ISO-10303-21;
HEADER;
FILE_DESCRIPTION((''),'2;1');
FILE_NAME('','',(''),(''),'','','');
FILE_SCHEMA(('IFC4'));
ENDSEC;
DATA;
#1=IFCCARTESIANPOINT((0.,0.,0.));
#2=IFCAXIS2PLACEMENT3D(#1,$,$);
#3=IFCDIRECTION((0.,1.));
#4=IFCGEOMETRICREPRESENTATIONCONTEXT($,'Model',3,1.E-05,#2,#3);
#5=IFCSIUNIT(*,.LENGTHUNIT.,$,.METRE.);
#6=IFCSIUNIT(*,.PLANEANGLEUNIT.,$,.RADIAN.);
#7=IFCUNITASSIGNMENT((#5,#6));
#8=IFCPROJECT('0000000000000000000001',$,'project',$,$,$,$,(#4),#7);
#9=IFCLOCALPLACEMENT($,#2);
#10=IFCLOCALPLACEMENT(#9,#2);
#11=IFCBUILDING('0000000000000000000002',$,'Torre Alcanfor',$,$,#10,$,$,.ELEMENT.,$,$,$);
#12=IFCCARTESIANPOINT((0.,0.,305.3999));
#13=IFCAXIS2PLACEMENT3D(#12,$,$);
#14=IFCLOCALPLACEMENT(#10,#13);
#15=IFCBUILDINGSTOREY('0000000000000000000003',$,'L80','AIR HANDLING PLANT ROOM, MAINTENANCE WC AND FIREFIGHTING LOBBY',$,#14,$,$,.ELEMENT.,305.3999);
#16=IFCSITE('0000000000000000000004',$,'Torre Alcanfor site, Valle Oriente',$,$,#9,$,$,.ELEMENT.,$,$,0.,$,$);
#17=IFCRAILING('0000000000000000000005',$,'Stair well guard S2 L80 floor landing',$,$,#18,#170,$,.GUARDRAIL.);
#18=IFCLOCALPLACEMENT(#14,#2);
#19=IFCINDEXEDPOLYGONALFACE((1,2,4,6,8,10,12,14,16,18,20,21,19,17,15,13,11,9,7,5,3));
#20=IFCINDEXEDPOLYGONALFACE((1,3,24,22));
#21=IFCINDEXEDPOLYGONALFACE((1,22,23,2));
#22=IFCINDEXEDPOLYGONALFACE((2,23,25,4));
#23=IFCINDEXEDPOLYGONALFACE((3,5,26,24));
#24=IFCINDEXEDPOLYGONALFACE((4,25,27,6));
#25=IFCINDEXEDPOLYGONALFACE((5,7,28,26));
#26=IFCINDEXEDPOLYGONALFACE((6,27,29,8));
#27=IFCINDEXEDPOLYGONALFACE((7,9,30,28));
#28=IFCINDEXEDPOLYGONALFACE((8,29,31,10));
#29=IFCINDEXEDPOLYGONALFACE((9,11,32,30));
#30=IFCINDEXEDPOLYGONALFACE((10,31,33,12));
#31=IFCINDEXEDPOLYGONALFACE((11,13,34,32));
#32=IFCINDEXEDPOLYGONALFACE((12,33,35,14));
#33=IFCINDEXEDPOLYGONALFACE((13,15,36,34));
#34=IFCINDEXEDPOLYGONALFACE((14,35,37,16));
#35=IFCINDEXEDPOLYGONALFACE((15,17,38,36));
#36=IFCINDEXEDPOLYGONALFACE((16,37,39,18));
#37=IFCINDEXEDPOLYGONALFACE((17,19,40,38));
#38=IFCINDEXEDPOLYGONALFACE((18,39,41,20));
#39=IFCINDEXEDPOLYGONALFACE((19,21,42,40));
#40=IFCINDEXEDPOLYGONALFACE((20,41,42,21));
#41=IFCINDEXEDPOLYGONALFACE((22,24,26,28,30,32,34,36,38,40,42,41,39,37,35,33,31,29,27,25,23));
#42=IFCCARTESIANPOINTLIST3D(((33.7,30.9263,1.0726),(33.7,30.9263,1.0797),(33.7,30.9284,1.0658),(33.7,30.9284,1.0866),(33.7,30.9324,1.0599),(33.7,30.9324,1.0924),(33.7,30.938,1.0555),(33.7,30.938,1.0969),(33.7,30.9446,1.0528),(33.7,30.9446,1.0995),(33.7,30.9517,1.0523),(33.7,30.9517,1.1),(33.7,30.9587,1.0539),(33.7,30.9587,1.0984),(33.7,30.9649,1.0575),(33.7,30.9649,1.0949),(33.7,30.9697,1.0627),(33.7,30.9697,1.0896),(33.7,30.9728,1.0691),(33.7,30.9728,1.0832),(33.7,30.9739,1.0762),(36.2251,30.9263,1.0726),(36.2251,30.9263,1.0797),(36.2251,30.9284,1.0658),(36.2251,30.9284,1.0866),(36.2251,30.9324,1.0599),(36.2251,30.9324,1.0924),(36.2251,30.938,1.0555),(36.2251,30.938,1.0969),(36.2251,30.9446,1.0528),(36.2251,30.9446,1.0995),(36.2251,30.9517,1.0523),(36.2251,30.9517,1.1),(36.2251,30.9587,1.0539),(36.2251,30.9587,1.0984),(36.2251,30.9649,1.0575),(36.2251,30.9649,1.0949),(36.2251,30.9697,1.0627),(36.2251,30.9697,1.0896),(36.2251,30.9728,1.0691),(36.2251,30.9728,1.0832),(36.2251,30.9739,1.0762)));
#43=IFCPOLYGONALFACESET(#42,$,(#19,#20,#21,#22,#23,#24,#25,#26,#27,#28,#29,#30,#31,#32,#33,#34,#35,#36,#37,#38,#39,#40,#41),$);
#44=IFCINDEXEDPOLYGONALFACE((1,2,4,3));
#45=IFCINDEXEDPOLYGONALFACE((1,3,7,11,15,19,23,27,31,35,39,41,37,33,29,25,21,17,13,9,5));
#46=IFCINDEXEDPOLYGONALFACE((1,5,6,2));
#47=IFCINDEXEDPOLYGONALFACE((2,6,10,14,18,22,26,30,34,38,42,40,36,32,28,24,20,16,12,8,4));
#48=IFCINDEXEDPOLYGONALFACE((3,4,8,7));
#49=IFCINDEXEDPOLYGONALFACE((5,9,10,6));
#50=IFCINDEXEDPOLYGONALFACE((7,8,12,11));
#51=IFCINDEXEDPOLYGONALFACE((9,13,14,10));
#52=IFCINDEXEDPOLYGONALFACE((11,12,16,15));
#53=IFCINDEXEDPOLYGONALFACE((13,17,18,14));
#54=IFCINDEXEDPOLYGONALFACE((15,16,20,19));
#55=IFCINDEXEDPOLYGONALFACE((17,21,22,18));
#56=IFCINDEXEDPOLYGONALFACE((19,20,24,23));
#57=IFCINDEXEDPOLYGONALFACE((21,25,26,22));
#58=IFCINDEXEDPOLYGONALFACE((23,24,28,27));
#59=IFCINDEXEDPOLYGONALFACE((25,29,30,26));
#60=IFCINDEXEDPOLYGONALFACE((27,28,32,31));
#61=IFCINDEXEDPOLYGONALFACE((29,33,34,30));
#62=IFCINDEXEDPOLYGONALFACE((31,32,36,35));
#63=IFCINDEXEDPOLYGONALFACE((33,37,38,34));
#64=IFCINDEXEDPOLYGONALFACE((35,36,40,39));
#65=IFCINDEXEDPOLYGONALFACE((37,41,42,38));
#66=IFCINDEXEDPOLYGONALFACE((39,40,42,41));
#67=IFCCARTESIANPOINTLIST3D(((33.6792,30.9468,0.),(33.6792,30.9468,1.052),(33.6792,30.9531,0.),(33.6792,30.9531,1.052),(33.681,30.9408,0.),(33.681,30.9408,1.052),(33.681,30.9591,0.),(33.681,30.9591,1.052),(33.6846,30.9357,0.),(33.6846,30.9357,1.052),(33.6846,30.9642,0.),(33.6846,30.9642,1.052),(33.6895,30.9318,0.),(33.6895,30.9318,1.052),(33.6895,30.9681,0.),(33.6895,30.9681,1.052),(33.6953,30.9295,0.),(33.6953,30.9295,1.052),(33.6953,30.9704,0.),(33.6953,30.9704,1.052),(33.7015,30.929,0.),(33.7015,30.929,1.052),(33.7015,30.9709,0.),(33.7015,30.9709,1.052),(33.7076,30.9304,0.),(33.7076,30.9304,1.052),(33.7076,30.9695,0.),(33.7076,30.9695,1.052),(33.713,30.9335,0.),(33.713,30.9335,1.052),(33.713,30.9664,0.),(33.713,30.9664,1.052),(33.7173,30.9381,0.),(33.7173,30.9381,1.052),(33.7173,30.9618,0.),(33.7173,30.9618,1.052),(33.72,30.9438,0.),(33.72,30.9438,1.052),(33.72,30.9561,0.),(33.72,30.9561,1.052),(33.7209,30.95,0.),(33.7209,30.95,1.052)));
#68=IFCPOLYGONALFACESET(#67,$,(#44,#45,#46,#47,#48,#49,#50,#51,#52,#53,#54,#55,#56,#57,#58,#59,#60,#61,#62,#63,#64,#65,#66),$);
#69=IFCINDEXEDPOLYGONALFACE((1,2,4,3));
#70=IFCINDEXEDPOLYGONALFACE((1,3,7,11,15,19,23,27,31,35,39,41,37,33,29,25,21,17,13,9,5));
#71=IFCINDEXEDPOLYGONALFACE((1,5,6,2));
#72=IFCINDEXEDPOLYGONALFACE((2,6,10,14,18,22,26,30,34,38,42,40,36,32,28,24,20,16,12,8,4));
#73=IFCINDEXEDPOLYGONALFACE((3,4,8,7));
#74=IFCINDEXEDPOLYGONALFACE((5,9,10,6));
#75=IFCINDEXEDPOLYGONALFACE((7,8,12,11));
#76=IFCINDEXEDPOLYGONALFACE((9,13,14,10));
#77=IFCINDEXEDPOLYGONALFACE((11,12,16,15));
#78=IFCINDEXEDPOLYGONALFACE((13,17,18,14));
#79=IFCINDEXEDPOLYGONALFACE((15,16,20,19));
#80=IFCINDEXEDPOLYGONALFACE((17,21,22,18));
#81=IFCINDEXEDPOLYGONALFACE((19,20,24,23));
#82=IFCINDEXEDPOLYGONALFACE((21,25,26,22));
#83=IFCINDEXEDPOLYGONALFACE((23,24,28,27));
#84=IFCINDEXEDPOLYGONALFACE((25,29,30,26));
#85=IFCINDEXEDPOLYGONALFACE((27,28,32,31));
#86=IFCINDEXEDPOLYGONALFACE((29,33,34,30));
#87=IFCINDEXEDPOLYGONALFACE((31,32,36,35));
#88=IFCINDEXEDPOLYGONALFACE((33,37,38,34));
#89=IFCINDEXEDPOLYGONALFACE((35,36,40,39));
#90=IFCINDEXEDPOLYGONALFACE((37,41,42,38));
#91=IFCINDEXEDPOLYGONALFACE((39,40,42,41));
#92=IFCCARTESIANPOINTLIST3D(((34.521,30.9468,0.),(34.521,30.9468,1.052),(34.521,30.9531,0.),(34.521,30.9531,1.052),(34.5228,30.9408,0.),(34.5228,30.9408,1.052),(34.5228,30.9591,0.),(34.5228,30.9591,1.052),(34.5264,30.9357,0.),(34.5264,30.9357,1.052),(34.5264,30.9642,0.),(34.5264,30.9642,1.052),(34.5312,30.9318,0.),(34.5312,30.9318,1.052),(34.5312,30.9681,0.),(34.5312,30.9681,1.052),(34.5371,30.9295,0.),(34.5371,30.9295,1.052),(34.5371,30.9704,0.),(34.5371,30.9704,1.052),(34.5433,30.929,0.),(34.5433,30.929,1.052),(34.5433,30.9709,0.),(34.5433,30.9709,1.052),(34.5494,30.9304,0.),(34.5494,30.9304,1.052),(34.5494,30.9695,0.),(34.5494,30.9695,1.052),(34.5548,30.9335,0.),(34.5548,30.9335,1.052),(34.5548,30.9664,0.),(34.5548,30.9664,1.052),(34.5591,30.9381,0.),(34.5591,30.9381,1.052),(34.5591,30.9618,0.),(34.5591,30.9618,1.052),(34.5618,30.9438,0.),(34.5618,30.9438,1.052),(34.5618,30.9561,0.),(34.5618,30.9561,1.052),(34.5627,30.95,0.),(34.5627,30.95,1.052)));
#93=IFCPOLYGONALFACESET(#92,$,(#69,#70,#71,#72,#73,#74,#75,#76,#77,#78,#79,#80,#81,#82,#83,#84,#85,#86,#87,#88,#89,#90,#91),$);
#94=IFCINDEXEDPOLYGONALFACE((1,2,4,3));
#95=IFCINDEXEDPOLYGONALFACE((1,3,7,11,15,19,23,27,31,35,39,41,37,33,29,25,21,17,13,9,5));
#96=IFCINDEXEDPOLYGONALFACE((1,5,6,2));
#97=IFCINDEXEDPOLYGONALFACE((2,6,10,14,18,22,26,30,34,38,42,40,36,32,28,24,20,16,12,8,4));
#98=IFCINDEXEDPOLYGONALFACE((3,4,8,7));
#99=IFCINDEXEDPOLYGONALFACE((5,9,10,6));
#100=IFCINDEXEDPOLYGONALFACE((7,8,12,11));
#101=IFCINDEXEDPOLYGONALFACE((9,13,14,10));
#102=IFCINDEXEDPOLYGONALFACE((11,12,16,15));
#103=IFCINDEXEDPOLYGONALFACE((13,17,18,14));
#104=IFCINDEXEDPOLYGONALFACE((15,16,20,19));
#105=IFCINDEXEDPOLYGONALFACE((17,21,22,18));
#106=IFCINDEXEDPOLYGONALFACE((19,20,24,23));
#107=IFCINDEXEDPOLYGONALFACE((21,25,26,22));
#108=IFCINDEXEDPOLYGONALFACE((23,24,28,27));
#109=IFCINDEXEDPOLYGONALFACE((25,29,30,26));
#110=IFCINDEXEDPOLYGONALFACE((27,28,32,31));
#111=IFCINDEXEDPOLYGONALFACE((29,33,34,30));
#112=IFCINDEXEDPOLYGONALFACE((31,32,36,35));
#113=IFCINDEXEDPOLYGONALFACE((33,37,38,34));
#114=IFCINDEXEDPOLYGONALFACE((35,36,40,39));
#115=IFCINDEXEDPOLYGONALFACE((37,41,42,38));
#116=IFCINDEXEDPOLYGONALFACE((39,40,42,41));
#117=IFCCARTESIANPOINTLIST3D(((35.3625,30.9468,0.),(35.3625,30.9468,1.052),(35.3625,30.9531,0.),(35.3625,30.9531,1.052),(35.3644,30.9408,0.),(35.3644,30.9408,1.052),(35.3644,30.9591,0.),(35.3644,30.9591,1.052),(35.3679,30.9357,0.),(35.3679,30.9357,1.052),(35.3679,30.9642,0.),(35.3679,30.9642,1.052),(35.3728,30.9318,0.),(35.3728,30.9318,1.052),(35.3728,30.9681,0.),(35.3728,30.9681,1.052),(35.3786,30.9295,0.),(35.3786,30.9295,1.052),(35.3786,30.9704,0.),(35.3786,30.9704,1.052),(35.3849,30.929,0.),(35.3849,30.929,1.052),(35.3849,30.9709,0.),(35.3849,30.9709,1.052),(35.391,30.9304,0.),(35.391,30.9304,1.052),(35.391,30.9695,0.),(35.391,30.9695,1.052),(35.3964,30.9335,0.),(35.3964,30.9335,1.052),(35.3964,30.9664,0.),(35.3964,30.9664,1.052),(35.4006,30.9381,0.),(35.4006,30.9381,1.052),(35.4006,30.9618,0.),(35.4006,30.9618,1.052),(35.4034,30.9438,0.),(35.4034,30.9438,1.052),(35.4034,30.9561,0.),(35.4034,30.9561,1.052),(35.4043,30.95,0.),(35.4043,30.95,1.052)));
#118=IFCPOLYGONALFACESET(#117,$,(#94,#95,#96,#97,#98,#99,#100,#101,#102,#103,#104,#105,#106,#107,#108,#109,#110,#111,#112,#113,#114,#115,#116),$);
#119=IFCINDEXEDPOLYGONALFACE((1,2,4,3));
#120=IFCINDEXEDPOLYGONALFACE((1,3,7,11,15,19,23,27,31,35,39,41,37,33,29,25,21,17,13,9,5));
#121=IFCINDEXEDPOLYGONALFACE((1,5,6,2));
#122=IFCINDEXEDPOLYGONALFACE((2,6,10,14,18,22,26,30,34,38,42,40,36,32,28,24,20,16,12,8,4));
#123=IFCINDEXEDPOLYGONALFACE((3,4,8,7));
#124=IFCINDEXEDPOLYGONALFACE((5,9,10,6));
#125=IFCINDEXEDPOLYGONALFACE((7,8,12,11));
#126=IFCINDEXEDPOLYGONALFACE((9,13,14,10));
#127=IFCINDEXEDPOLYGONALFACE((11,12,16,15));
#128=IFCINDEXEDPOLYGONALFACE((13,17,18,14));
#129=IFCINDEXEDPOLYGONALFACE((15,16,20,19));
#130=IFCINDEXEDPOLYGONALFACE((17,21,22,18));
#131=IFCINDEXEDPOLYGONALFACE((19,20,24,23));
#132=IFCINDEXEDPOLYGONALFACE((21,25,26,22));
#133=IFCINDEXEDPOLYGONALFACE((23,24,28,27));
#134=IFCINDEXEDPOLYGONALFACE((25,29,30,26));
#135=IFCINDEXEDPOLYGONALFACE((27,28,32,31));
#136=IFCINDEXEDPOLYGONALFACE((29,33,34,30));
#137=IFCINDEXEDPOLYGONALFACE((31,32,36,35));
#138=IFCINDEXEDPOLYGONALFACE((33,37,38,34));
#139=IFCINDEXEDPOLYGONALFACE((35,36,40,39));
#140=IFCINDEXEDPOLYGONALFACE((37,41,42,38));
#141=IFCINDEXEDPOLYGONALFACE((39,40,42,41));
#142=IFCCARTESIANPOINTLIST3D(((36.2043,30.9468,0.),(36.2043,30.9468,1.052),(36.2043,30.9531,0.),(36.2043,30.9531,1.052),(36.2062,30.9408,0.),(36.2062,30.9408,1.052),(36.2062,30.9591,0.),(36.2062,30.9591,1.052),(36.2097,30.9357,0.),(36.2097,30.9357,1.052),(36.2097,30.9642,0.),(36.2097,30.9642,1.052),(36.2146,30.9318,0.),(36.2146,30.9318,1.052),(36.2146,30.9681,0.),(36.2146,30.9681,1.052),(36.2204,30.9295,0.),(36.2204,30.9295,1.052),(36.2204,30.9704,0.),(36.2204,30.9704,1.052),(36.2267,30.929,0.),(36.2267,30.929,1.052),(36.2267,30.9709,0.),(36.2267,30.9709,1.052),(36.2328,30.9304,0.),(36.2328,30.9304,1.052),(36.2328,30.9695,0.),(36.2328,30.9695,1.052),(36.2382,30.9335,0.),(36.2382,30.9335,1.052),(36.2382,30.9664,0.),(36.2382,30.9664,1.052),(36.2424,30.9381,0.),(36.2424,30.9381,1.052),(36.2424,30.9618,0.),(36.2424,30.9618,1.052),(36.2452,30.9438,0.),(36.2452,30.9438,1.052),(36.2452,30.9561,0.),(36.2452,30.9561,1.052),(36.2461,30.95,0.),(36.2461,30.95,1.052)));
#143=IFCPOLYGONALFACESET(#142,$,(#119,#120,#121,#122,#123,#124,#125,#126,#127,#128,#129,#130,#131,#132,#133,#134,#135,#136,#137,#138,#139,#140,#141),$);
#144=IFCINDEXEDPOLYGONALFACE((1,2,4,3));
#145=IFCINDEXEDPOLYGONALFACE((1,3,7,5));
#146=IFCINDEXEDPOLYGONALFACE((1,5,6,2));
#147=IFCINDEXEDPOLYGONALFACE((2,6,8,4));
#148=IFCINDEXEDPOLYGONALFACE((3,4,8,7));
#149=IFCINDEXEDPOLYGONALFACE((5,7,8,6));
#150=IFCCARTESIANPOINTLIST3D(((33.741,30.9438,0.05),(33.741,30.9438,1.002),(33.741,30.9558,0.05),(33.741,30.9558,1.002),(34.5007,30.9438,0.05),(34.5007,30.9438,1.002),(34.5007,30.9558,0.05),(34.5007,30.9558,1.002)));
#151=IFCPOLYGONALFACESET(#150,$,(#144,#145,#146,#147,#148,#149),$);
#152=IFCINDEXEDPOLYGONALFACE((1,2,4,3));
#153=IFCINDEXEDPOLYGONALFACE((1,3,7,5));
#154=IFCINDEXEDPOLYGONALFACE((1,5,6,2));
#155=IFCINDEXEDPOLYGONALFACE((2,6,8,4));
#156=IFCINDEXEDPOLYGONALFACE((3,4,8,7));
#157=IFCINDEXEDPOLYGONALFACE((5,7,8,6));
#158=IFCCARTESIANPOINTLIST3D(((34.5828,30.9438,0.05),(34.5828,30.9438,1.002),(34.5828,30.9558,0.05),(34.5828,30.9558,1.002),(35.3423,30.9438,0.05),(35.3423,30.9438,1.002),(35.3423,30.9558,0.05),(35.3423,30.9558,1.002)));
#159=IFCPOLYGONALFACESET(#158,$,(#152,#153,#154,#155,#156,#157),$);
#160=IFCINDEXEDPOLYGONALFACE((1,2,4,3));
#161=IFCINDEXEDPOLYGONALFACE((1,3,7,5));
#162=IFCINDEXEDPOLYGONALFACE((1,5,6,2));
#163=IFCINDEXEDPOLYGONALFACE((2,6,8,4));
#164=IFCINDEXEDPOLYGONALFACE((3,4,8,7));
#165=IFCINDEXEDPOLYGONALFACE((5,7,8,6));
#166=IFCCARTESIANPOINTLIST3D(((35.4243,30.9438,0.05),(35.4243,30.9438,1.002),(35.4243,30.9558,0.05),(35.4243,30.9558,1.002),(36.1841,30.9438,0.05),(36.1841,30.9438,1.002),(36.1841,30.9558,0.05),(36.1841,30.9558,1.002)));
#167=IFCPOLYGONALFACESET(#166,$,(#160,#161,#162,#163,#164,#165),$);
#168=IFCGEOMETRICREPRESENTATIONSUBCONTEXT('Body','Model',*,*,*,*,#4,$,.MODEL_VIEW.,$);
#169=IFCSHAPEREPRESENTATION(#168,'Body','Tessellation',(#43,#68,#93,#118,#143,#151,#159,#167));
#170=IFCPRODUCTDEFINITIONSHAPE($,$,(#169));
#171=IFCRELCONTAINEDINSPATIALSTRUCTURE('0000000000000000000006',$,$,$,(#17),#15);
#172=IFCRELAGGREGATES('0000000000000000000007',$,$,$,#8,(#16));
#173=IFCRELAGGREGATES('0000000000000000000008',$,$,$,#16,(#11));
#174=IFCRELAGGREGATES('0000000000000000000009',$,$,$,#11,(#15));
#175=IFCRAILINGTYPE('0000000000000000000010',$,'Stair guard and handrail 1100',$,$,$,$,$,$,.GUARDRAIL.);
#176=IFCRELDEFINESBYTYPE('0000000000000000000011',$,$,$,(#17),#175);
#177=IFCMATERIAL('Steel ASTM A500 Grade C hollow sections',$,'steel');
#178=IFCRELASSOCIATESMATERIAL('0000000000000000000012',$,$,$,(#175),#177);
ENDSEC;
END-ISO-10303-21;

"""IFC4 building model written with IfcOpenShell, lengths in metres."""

from ifc_helpers import new_model, si_unit, direction, frame, origin, origin_2d, place, context, subcontext, project, spatial, polyline, circle, outline, extrude, material, type_object, element, save


model = new_model("IFC4")

# Units and contexts
model_context = context("Model", 3, precision=1e-05, world=origin(), true_north=direction((0.0, 1.0)))
body_context = subcontext(model_context, "Body", "Model", "MODEL_VIEW")
ifc_project = project(units=[si_unit("LENGTHUNIT", "METRE"), si_unit("PLANEANGLEUNIT", "RADIAN")], contexts=[model_context])

# Site, building, storey
site_placement = place(None, origin())
site = spatial("IfcSite", under=ifc_project, at=site_placement, Name="Torre Alcanfor site, Valle Oriente", CompositionType="ELEMENT", RefElevation=0.0)
building_placement = place(site_placement, origin())
building = spatial("IfcBuilding", under=site, at=building_placement, Name="Torre Alcanfor", CompositionType="ELEMENT")
storey_placement = place(building_placement, frame((0.0, 0.0, 305.3999)))
storey = spatial("IfcBuildingStorey", under=building, at=storey_placement, Name="L80", Description="AIR HANDLING PLANT ROOM, MAINTENANCE WC AND FIREFIGHTING LOBBY", CompositionType="ELEMENT", Elevation=305.3999)

# Railing
ifc_material_1 = material(Name="Steel ASTM A500 Grade C hollow sections", Category="steel")
railing_type_1 = type_object("IfcRailingType", Name="Stair guard and handrail 1100", PredefinedType="GUARDRAIL", material=ifc_material_1)
for number, where, name in (
    (1, (33.7, 30.95, 0.0), "Stair well guard S2 L80 floor landing"),
):
    element("IfcRailing", number, at=place(storey_placement, frame(where)), inside=storey, type_object=railing_type_1, Name=name, PredefinedType="GUARDRAIL", context=body_context, shape_type="SweptSolid", body=[
        extrude(circle(Radius=0.0239, at=origin_2d()), frame((0.0, 0.0, 1.0762), z_axis=(1.0, 0.0, 0.0), x_axis=(0.0, 1.0, 0.0)), (0.0, 0.0, 1.0), 2.5251),
        extrude(circle(Radius=0.021, at=origin_2d()), origin(), (0.0, 0.0, 1.0), 1.052),
        extrude(circle(Radius=0.021, at=origin_2d()), frame((0.8418, 0.0, 0.0)), (0.0, 0.0, 1.0), 1.052),
        extrude(circle(Radius=0.021, at=origin_2d()), frame((1.6833, 0.0, 0.0)), (0.0, 0.0, 1.0), 1.052),
        extrude(circle(Radius=0.021, at=origin_2d()), frame((2.5251, 0.0, 0.0)), (0.0, 0.0, 1.0), 1.052),
        extrude(outline(polyline([(0.041, 0.05), (0.8008, 0.05), (0.8008, 1.002), (0.041, 1.002), (0.041, 0.05)])), frame((0.0, 0.0059, 0.0), z_axis=(0.0, -1.0, 0.0), x_axis=(1.0, 0.0, 0.0)), (0.0, 0.0, 1.0), 0.012),
        extrude(outline(polyline([(0.8828, 0.05), (1.6423, 0.05), (1.6423, 1.002), (0.8828, 1.002), (0.8828, 0.05)])), frame((0.0, 0.0059, 0.0), z_axis=(0.0, -1.0, 0.0), x_axis=(1.0, 0.0, 0.0)), (0.0, 0.0, 1.0), 0.012),
        extrude(outline(polyline([(1.7244, 0.05), (2.4841, 0.05), (2.4841, 1.002), (1.7244, 1.002), (1.7244, 0.05)])), frame((0.0, 0.0059, 0.0), z_axis=(0.0, -1.0, 0.0), x_axis=(1.0, 0.0, 0.0)), (0.0, 0.0, 1.0), 0.012),
    ])

save(model, "model.ifc")
